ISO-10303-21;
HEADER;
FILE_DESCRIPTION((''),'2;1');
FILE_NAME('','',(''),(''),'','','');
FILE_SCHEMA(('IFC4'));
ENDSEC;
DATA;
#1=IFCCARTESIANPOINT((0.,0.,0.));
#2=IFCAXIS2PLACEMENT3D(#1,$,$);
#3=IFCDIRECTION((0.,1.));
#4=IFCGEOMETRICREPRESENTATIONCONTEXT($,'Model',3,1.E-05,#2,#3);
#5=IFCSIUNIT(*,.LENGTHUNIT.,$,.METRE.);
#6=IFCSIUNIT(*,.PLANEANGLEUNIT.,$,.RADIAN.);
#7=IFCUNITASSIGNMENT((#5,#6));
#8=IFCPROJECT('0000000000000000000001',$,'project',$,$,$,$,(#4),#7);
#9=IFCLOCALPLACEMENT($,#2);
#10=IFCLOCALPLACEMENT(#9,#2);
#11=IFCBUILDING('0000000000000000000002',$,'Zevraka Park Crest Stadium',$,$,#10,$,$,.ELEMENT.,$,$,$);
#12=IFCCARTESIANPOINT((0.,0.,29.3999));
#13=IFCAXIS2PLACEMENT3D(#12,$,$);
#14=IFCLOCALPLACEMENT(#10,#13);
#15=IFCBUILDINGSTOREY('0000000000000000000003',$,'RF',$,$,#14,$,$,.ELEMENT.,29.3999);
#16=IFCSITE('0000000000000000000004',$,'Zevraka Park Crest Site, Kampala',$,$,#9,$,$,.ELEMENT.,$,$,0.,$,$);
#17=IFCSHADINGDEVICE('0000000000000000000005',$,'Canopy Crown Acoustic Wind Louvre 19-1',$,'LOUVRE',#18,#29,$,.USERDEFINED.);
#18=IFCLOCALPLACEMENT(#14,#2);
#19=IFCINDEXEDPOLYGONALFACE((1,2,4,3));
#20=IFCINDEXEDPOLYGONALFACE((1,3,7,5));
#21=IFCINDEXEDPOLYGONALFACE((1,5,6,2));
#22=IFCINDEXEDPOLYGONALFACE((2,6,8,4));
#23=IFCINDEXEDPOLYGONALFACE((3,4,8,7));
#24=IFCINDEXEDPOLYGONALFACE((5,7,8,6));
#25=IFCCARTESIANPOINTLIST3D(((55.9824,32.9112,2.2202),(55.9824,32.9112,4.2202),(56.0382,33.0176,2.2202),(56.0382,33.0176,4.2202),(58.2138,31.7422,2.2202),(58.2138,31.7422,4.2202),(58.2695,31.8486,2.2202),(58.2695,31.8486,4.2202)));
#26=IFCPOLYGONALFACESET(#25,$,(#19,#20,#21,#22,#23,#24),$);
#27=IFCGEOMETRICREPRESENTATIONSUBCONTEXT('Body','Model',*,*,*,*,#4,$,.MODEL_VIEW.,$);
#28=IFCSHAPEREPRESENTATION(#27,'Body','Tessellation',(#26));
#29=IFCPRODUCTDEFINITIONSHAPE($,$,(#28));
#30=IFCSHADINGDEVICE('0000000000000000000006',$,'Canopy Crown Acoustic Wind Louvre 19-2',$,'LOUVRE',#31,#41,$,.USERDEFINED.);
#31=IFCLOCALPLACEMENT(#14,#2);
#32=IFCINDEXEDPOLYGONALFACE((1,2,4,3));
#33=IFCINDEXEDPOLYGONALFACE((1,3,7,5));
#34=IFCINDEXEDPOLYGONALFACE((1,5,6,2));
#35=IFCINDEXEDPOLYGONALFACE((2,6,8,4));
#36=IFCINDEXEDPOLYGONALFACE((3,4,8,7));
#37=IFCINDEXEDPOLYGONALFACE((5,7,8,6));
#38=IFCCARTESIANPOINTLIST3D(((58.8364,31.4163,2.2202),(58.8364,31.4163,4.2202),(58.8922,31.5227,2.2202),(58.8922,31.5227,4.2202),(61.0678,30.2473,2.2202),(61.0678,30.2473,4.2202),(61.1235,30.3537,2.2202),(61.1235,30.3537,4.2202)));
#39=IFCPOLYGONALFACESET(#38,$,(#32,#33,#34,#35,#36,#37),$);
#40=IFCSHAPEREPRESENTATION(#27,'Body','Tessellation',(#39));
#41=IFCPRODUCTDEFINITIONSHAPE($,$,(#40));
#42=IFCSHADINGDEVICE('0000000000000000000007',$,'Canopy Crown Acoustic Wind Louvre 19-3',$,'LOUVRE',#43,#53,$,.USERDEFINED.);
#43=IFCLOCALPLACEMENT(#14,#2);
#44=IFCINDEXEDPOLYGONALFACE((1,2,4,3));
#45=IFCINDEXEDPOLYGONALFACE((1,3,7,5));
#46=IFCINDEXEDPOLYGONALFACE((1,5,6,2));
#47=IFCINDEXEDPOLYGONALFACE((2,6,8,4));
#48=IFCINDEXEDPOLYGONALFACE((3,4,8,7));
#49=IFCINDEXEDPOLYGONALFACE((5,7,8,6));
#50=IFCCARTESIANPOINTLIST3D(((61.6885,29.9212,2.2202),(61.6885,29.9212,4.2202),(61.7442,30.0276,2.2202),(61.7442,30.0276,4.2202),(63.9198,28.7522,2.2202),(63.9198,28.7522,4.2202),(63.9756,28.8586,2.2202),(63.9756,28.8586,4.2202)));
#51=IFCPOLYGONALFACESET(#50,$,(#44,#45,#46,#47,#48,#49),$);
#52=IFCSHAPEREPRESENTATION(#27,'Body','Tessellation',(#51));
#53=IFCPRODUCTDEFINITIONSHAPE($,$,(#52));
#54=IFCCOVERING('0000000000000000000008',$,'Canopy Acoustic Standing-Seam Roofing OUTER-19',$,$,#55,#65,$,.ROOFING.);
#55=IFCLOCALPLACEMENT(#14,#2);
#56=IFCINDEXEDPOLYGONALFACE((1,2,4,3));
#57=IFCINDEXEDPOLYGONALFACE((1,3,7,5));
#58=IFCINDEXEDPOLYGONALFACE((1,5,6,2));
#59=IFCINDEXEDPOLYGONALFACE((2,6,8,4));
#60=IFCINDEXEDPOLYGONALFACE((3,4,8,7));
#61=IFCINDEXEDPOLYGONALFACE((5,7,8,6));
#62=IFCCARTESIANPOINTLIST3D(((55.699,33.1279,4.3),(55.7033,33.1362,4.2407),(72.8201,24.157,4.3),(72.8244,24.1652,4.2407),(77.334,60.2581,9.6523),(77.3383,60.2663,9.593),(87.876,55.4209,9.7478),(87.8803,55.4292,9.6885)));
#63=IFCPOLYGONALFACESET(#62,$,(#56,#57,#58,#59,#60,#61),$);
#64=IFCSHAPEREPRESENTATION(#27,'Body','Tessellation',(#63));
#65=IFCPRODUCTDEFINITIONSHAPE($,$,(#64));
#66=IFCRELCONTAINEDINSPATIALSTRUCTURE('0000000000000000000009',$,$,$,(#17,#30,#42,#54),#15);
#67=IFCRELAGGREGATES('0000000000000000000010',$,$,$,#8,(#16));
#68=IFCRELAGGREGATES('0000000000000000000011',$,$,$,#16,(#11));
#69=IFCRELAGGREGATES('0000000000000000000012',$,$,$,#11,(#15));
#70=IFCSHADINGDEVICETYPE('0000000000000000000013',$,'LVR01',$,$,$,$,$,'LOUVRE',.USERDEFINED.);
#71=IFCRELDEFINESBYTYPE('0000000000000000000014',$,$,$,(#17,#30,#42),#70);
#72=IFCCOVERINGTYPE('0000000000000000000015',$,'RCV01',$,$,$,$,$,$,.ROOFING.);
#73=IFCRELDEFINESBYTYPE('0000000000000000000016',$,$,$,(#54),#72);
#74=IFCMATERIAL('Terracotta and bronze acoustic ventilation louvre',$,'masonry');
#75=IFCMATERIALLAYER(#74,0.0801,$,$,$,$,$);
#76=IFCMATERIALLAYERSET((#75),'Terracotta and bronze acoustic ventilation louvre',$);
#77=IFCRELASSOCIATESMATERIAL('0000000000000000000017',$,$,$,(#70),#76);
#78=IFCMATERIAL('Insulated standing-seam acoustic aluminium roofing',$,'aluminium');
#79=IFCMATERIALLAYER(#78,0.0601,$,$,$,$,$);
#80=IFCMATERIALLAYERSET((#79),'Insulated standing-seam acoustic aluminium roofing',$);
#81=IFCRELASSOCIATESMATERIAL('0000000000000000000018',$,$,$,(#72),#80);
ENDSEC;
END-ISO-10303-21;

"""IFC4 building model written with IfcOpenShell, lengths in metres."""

from ifc_helpers import new_model, si_unit, direction, frame, origin, origin_2d, place, context, subcontext, project, spatial, polyline, rectangle, outline, extrude, material, layer, layer_set, type_object, element, save


model = new_model("IFC4")

# Units and contexts
model_context = context("Model", 3, precision=1e-05, world=origin(), true_north=direction((0.0, 1.0)))
body_context = subcontext(model_context, "Body", "Model", "MODEL_VIEW")
ifc_project = project(units=[si_unit("LENGTHUNIT", "METRE"), si_unit("PLANEANGLEUNIT", "RADIAN")], contexts=[model_context])

# Site, building, storey
site_placement = place(None, origin())
site = spatial("IfcSite", under=ifc_project, at=site_placement, Name="Zevraka Park Crest Site, Kampala", CompositionType="ELEMENT", RefElevation=0.0)
building_placement = place(site_placement, origin())
building = spatial("IfcBuilding", under=site, at=building_placement, Name="Zevraka Park Crest Stadium", CompositionType="ELEMENT")
storey_placement = place(building_placement, frame((0.0, 0.0, 29.3999)))
storey = spatial("IfcBuildingStorey", under=building, at=storey_placement, Name="RF", CompositionType="ELEMENT", Elevation=29.3999)

# Shading devices
ifc_material_1 = material(Name="Terracotta and bronze acoustic ventilation louvre", Category="masonry")
ifc_layer_1 = layer(ifc_material_1, 0.0801)
ifc_layer_set_1 = layer_set([ifc_layer_1], Name="Terracotta and bronze acoustic ventilation louvre")
shading_device_type = type_object("IfcShadingDeviceType", Name="LVR01", ElementType="LOUVRE", PredefinedType="USERDEFINED", material=ifc_layer_set_1)
for number, where, z_axis, x_axis, name in (
    (1, (57.126, 32.3799, 2.2202), (0.0, 0.0, 1.0), (0.885799, -0.464069, 0.0), "Canopy Crown Acoustic Wind Louvre 19-1"),
    (2, (59.98, 30.885, 2.2202), (0.0, 0.0, 1.0), (0.885799, -0.464069, 0.0), "Canopy Crown Acoustic Wind Louvre 19-2"),
    (3, (62.832, 29.3899, 2.2202), (0.0, 0.0, 1.0), (0.885799, -0.464069, 0.0), "Canopy Crown Acoustic Wind Louvre 19-3"),
):
    element("IfcShadingDevice", number, at=place(storey_placement, frame(where, z_axis=z_axis, x_axis=x_axis)), inside=storey, type_object=shading_device_type, Name=name, ObjectType="LOUVRE", PredefinedType="USERDEFINED", context=body_context, shape_type="SweptSolid", body=[
        extrude(rectangle(XDim=2.519, YDim=0.1201, at=origin_2d()), origin(), (0.0, 0.0, 1.0), 2.0),
    ])

# Covering
ifc_material_2 = material(Name="Insulated standing-seam acoustic aluminium roofing", Category="aluminium")
ifc_layer_2 = layer(ifc_material_2, 0.0601)
ifc_layer_set_2 = layer_set([ifc_layer_2], Name="Insulated standing-seam acoustic aluminium roofing")
covering_type_1 = type_object("IfcCoveringType", Name="RCV01", PredefinedType="ROOFING", material=ifc_layer_set_2)
covering_1_placement = place(storey_placement, frame((55.699, 33.1279, 4.3), z_axis=(-0.072021, -0.137457, 0.987886), x_axis=(0.885773, -0.464119, -0.000002)))
element("IfcCovering", 4, at=covering_1_placement, inside=storey, type_object=covering_type_1, Name="Canopy Acoustic Standing-Seam Roofing OUTER-19", PredefinedType="ROOFING", context=body_context, shape_type="SweptSolid", body=[
    extrude(outline(polyline([(0.0, 0.0), (19.329, 0.0), (18.1549, 35.1057), (6.5721, 34.4902), (0.0, 0.0)])), origin(), (0.0, 0.0, -1.0), 0.0601),
])

save(model, "model.ifc")
